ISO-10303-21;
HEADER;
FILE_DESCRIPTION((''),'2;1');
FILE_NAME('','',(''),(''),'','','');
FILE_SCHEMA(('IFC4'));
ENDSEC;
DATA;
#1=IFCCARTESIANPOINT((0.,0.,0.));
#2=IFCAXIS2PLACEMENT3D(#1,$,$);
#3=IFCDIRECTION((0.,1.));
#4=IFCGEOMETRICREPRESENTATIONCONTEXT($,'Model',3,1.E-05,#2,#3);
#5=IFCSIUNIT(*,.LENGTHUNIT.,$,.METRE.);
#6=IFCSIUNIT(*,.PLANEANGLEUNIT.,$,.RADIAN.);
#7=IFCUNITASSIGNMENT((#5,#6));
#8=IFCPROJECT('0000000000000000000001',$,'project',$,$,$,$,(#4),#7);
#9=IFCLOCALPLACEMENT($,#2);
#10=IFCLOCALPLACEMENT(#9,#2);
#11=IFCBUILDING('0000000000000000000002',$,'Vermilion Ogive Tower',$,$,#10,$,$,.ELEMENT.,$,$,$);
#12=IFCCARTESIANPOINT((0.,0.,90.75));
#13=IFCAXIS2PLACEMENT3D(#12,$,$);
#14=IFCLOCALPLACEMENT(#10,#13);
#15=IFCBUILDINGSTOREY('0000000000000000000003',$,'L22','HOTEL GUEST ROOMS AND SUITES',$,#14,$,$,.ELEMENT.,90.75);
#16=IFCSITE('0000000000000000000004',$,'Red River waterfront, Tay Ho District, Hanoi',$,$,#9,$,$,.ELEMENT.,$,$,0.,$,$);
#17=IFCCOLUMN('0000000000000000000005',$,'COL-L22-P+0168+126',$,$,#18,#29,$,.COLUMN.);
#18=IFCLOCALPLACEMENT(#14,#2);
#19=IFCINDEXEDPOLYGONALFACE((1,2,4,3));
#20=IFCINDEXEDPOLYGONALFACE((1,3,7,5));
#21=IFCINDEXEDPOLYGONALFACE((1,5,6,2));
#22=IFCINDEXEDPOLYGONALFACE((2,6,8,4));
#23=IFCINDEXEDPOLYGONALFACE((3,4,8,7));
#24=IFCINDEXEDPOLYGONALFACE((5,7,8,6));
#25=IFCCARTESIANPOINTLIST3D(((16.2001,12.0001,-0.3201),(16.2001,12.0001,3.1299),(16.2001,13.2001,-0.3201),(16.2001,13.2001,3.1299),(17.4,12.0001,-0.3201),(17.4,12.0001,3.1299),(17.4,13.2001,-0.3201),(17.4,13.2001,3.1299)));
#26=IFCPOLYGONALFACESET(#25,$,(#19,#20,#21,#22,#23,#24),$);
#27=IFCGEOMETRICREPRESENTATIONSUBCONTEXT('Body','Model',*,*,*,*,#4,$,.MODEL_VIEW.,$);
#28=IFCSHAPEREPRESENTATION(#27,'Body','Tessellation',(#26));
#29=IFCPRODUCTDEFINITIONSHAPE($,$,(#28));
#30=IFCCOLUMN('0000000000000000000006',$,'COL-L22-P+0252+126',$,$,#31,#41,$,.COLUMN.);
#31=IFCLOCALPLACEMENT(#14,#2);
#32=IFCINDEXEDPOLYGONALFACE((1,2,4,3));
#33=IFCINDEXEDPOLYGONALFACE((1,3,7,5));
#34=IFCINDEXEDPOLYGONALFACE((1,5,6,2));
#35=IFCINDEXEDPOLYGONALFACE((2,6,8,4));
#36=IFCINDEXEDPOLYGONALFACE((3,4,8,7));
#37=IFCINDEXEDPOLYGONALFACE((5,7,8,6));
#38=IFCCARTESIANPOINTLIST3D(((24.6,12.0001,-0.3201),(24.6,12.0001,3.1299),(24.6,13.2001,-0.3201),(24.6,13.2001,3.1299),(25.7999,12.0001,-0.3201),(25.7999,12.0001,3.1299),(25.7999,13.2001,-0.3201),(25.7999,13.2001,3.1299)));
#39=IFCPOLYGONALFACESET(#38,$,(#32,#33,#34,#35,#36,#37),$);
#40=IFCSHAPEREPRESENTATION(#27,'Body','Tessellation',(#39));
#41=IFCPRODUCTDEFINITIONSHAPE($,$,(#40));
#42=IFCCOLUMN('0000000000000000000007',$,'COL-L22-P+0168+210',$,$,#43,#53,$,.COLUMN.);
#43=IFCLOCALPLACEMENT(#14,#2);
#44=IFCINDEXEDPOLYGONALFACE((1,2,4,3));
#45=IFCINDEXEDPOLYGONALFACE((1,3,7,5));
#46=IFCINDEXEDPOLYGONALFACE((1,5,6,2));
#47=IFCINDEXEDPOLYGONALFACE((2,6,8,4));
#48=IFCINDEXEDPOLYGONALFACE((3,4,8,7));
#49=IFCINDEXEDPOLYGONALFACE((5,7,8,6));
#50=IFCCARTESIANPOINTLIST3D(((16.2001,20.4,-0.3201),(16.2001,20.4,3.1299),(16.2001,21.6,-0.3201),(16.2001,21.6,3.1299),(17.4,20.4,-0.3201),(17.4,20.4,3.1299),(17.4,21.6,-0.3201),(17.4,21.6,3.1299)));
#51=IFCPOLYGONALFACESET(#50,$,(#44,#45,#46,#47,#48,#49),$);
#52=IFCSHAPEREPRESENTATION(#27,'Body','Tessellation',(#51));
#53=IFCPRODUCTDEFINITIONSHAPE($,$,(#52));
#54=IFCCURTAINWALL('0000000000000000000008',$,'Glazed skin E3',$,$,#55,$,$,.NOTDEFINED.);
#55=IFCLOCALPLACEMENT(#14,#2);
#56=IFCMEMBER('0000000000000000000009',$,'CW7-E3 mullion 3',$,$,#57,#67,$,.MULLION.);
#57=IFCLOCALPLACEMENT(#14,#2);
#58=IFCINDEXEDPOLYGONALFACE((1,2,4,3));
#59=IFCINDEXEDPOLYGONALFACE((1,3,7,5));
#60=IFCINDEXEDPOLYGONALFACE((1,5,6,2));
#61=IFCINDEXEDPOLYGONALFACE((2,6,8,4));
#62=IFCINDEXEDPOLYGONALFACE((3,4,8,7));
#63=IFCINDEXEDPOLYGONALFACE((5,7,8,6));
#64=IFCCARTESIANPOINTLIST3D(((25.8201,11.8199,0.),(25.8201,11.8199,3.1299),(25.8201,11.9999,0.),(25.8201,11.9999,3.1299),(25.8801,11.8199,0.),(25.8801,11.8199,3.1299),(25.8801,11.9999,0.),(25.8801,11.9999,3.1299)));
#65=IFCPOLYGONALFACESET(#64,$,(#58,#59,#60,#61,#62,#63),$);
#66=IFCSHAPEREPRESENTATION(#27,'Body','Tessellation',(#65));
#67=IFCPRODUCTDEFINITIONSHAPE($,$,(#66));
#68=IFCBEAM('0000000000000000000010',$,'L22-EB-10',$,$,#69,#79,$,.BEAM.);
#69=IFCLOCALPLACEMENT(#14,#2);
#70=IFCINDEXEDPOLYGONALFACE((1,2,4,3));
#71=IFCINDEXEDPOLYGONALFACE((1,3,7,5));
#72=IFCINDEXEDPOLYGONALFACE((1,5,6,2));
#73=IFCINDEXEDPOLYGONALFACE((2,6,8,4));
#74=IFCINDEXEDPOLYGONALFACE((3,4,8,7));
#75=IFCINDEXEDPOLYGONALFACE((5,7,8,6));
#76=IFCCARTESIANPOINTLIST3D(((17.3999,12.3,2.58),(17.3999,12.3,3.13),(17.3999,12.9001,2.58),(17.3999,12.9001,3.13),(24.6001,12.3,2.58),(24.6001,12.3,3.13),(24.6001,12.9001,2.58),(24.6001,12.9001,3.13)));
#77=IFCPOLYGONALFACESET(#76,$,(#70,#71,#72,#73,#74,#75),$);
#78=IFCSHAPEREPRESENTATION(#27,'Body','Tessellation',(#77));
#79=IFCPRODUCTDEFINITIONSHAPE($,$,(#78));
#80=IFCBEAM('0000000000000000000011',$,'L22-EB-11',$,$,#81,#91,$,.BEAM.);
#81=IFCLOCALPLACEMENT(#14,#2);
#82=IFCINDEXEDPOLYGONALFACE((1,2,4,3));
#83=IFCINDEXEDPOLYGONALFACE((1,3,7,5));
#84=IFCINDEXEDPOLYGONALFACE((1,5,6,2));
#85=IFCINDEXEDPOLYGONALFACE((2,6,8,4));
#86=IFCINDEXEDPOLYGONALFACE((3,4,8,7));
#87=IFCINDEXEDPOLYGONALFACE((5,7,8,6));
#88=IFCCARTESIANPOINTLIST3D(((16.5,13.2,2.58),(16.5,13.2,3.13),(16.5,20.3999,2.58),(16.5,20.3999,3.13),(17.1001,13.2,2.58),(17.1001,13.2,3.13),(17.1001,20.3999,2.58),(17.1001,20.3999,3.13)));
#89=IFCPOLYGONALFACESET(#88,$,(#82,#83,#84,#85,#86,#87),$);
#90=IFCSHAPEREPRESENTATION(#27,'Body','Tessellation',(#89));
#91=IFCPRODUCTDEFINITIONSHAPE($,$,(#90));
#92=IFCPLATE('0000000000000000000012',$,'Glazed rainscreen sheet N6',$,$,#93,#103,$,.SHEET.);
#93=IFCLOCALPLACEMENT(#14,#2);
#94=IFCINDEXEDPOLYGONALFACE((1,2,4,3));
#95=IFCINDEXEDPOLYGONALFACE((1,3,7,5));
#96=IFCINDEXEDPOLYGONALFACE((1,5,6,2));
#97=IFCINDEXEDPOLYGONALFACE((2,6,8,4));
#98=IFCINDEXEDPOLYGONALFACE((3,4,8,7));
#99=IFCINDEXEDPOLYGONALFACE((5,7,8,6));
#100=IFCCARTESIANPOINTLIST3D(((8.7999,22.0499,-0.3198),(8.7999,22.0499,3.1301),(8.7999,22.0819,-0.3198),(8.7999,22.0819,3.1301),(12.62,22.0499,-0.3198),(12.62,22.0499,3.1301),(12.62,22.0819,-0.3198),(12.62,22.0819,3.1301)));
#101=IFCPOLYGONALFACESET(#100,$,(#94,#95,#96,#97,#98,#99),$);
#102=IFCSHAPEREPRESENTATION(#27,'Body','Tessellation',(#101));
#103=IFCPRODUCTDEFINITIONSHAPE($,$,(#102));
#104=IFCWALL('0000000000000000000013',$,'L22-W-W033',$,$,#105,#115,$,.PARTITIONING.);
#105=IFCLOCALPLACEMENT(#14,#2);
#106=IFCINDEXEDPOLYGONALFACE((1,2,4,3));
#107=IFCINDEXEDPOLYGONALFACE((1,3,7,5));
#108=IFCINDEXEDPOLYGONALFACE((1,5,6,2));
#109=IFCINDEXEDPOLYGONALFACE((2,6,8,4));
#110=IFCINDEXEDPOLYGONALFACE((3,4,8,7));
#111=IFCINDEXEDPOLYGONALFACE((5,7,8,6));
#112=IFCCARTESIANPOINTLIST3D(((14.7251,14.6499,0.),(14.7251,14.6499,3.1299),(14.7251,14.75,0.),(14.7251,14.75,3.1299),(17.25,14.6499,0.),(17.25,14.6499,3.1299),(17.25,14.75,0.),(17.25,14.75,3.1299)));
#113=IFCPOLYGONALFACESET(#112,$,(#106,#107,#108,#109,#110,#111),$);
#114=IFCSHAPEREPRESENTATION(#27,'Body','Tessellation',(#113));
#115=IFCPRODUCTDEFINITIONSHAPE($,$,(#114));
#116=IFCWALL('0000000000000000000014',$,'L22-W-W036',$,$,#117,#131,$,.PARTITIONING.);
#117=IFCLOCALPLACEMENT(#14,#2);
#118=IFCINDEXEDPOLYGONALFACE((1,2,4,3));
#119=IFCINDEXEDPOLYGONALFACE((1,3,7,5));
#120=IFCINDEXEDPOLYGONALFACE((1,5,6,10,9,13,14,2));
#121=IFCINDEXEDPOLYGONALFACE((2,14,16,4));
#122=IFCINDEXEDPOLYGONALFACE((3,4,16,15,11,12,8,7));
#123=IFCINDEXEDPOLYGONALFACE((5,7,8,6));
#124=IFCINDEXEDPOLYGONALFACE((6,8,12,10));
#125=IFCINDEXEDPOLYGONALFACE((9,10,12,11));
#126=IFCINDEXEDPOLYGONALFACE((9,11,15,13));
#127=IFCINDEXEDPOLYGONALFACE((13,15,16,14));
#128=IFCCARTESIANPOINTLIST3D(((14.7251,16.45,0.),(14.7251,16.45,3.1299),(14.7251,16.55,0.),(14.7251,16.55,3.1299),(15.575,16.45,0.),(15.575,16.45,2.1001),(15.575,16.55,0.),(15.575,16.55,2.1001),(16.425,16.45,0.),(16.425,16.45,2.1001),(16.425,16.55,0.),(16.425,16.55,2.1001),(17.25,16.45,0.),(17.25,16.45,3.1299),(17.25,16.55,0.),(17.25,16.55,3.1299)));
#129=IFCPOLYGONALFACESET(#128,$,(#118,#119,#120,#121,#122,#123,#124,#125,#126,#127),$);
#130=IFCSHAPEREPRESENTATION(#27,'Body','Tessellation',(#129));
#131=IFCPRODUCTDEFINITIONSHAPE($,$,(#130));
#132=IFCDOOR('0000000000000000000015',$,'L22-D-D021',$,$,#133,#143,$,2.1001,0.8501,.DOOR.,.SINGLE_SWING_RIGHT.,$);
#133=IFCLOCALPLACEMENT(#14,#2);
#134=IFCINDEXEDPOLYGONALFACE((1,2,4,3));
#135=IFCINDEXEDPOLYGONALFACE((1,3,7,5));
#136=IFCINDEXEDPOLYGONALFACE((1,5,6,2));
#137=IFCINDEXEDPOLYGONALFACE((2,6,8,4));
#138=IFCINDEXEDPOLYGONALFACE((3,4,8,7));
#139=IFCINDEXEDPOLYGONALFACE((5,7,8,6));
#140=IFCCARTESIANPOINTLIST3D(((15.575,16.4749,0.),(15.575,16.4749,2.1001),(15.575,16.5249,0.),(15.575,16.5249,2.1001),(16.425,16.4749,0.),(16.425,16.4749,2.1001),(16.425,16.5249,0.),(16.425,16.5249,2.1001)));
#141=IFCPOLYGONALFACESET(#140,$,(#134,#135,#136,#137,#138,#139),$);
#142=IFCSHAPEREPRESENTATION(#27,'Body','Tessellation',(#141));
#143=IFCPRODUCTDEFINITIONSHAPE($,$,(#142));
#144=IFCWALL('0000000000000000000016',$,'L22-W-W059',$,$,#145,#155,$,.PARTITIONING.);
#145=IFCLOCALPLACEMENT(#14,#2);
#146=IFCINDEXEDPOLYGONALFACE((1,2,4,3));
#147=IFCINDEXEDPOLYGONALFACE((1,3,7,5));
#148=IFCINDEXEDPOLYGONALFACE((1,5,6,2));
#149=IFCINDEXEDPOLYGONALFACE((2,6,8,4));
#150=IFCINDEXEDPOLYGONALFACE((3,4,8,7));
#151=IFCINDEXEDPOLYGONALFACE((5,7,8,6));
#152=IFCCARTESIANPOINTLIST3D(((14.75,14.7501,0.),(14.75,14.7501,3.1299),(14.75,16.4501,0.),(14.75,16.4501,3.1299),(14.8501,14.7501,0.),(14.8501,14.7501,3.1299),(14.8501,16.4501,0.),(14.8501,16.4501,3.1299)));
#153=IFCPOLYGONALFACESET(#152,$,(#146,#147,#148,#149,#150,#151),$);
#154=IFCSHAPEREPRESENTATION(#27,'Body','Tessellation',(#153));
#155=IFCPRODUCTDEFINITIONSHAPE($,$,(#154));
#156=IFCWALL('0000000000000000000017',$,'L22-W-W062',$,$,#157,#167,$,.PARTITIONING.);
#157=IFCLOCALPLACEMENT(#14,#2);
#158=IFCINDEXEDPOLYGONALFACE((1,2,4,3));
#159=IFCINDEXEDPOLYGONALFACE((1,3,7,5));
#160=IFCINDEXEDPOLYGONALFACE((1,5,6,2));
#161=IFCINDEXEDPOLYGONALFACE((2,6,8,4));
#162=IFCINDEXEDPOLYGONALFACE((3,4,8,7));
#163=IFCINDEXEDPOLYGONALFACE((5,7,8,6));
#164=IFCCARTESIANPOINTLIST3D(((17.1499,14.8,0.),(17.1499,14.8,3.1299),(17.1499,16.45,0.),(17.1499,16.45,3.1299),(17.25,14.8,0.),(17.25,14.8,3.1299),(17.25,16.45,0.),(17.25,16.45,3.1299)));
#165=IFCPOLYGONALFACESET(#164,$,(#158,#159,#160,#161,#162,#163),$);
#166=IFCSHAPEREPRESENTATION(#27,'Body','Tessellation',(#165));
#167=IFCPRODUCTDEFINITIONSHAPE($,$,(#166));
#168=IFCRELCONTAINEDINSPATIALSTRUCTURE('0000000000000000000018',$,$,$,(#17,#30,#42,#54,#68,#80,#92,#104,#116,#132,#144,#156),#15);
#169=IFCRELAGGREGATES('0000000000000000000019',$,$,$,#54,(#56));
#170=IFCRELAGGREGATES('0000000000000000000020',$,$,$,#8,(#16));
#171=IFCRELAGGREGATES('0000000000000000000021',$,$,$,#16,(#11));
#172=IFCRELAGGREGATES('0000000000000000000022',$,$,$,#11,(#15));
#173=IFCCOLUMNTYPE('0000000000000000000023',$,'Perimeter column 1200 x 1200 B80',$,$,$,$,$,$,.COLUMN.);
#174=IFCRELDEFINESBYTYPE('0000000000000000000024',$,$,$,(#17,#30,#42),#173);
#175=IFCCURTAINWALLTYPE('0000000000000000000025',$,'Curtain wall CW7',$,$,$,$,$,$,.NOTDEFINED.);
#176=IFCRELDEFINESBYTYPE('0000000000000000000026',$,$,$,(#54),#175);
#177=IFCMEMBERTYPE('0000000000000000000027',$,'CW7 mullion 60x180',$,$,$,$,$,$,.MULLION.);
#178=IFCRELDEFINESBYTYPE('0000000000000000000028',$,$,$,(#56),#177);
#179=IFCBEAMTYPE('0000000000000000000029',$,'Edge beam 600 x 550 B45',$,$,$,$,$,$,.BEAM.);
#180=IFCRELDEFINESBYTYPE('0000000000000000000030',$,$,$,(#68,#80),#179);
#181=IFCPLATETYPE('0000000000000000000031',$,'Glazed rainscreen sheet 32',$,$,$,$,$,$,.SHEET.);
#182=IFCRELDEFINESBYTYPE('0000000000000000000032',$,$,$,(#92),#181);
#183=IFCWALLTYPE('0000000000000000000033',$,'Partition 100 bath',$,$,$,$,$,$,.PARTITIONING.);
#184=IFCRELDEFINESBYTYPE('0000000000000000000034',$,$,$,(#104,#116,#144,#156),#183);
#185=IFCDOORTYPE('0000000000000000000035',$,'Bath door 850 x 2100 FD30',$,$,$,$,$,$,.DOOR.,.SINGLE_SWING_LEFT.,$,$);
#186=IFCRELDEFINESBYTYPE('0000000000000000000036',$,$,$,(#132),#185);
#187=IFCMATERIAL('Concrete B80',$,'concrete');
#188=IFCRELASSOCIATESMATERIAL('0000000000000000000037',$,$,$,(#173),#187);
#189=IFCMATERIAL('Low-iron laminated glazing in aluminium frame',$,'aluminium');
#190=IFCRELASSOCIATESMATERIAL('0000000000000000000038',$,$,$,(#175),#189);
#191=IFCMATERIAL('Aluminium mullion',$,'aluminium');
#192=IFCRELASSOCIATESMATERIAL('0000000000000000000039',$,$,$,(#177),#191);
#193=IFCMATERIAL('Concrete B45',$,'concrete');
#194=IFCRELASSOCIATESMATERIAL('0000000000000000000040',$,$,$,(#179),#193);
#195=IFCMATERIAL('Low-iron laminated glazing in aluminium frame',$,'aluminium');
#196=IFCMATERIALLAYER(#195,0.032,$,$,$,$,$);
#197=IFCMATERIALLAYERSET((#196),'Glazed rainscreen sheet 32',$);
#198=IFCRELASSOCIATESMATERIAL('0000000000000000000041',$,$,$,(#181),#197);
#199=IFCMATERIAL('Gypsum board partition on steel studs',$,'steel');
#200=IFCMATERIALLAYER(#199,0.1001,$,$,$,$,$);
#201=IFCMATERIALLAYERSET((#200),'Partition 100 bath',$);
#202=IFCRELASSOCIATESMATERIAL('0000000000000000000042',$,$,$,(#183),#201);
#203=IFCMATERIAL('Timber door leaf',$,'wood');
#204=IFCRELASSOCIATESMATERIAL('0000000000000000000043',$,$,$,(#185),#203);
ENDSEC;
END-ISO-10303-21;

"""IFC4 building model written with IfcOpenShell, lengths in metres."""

from ifc_helpers import new_model, si_unit, direction, frame, frame_2d, origin, origin_2d, place, context, subcontext, project, spatial, rectangle, extrude, material, layer, layer_set, material_profile, profile_set, type_object, element, fill, aggregate, save


model = new_model("IFC4")

# Units and contexts
model_context = context("Model", 3, precision=1e-05, world=origin(), true_north=direction((0.0, 1.0)))
body_context = subcontext(model_context, "Body", "Model", "MODEL_VIEW")
ifc_project = project(units=[si_unit("LENGTHUNIT", "METRE"), si_unit("PLANEANGLEUNIT", "RADIAN")], contexts=[model_context])

# Site, building, storey
site_placement = place(None, origin())
site = spatial("IfcSite", under=ifc_project, at=site_placement, Name="Red River waterfront, Tay Ho District, Hanoi", CompositionType="ELEMENT", RefElevation=0.0)
building_placement = place(site_placement, origin())
building = spatial("IfcBuilding", under=site, at=building_placement, Name="Vermilion Ogive Tower", CompositionType="ELEMENT")
storey_placement = place(building_placement, frame((0.0, 0.0, 90.75)))
storey = spatial("IfcBuildingStorey", under=building, at=storey_placement, Name="L22", Description="HOTEL GUEST ROOMS AND SUITES", CompositionType="ELEMENT", Elevation=90.75)

# Columns
ifc_material_1 = material(Name="Concrete B80", Category="concrete")
ifc_material_profile_1 = material_profile(ifc_material_1, rectangle(XDim=1.2, YDim=1.2, at=origin_2d()), Name="1200 x 1200")
ifc_profile_set_1 = profile_set([ifc_material_profile_1], Name="Concrete B80")
column_type = type_object("IfcColumnType", Name="Perimeter column 1200 x 1200 B80", PredefinedType="COLUMN", material=ifc_profile_set_1)
for number, where, z_axis, x_axis, name in (
    (1, (16.8, 12.6001, -0.3201), (0.0, 0.0, 1.0), (1.0, 0.0, 0.0), "COL-L22-P+0168+126"),
    (2, (25.2, 12.6001, -0.3201), (0.0, 0.0, 1.0), (1.0, 0.0, 0.0), "COL-L22-P+0252+126"),
    (3, (16.8, 21.0, -0.3201), (0.0, 0.0, 1.0), (1.0, 0.0, 0.0), "COL-L22-P+0168+210"),
):
    element("IfcColumn", number, at=place(storey_placement, frame(where, z_axis=z_axis, x_axis=x_axis)), inside=storey, type_object=column_type, Name=name, PredefinedType="COLUMN", context=body_context, shape_type="SweptSolid", body=[
        extrude(rectangle(XDim=1.2, YDim=1.2, at=origin_2d()), origin(), (0.0, 0.0, 1.0), 3.45),
    ])

# Curtain wall, member
ifc_material_2 = material(Name="Low-iron laminated glazing in aluminium frame", Category="aluminium")
curtain_wall_type = type_object("IfcCurtainWallType", Name="Curtain wall CW7", PredefinedType="NOTDEFINED", material=ifc_material_2)
curtain_wall_placement = place(storey_placement, origin())
curtain_wall = element("IfcCurtainWall", 4, at=curtain_wall_placement, inside=storey, type_object=curtain_wall_type, Name="Glazed skin E3", PredefinedType="NOTDEFINED")
ifc_material_3 = material(Name="Aluminium mullion", Category="aluminium")
ifc_material_profile_2 = material_profile(ifc_material_3, rectangle(XDim=0.0601, YDim=0.1799, at=origin_2d()), Name="AL 60x180")
ifc_profile_set_2 = profile_set([ifc_material_profile_2], Name="Aluminium mullion")
member_type = type_object("IfcMemberType", Name="CW7 mullion 60x180", PredefinedType="MULLION", material=ifc_profile_set_2)
member_placement = place(storey_placement, frame((25.8501, 11.9099, 0.0), z_axis=(0.0, 0.0, 1.0), x_axis=(-1.0, 0.0, 0.0)))
member = element("IfcMember", 5, at=member_placement, type_object=member_type, Name="CW7-E3 mullion 3", PredefinedType="MULLION", context=body_context, shape_type="SweptSolid", body=[
    extrude(rectangle(XDim=0.0601, YDim=0.1799, at=origin_2d()), origin(), (0.0, 0.0, 1.0), 3.1299),
])
aggregate(curtain_wall, [member])

# Beams
ifc_material_4 = material(Name="Concrete B45", Category="concrete")
ifc_material_profile_3 = material_profile(ifc_material_4, rectangle(XDim=0.6001, YDim=0.55, at=origin_2d()), Name="600 x 550")
ifc_profile_set_3 = profile_set([ifc_material_profile_3], Name="Concrete B45")
beam_type = type_object("IfcBeamType", Name="Edge beam 600 x 550 B45", PredefinedType="BEAM", material=ifc_profile_set_3)
beam_1_placement = place(storey_placement, frame((24.6001, 12.6001, 2.855), z_axis=(-1.0, 0.0, 0.0), x_axis=(0.0, -1.0, 0.0)))
element("IfcBeam", 6, at=beam_1_placement, inside=storey, type_object=beam_type, Name="L22-EB-10", PredefinedType="BEAM", context=body_context, shape_type="SweptSolid", body=[
    extrude(rectangle(XDim=0.6001, YDim=0.55, at=origin_2d()), origin(), (0.0, 0.0, 1.0), 7.2002),
])
beam_2_placement = place(storey_placement, frame((16.8, 13.2, 2.855), z_axis=(0.0, 1.0, 0.0), x_axis=(-1.0, 0.0, 0.0)))
element("IfcBeam", 7, at=beam_2_placement, inside=storey, type_object=beam_type, Name="L22-EB-11", PredefinedType="BEAM", context=body_context, shape_type="SweptSolid", body=[
    extrude(rectangle(XDim=0.6001, YDim=0.55, at=origin_2d()), origin(), (0.0, 0.0, 1.0), 7.2),
])

# Plate
ifc_material_5 = material(Name="Low-iron laminated glazing in aluminium frame", Category="aluminium")
ifc_layer_1 = layer(ifc_material_5, 0.032)
ifc_layer_set_1 = layer_set([ifc_layer_1], Name="Glazed rainscreen sheet 32")
plate_type = type_object("IfcPlateType", Name="Glazed rainscreen sheet 32", PredefinedType="SHEET", material=ifc_layer_set_1)
plate_placement = place(storey_placement, frame((10.71, 22.0659, -0.3198), z_axis=(0.0, 0.0, 1.0), x_axis=(1.0, 0.0, 0.0)))
element("IfcPlate", 8, at=plate_placement, inside=storey, type_object=plate_type, Name="Glazed rainscreen sheet N6", PredefinedType="SHEET", context=body_context, shape_type="SweptSolid", body=[
    extrude(rectangle(XDim=3.8201, YDim=0.032, at=origin_2d()), origin(), (0.0, 0.0, 1.0), 3.45),
])

# Wall
ifc_material_6 = material(Name="Gypsum board partition on steel studs", Category="steel")
ifc_layer_2 = layer(ifc_material_6, 0.1001)
ifc_layer_set_2 = layer_set([ifc_layer_2], Name="Partition 100 bath")
wall_type_1 = type_object("IfcWallType", Name="Partition 100 bath", PredefinedType="PARTITIONING", material=ifc_layer_set_2)
wall_1_placement = place(storey_placement, frame((14.7251, 14.7, 0.0), z_axis=(0.0, 0.0, 1.0), x_axis=(1.0, 0.0, 0.0)))
element("IfcWall", 9, at=wall_1_placement, inside=storey, type_object=wall_type_1, Name="L22-W-W033", PredefinedType="PARTITIONING", context=body_context, shape_type="SweptSolid", body=[
    extrude(rectangle(XDim=2.5249, YDim=0.1001, at=frame_2d((1.2625, 0.0))), origin(), (0.0, 0.0, 1.0), 3.1299),
])

# Wall, opening, door
wall_2_placement = place(storey_placement, frame((14.7251, 16.5, 0.0), z_axis=(0.0, 0.0, 1.0), x_axis=(1.0, 0.0, 0.0)))
wall_2 = element("IfcWall", 10, at=wall_2_placement, inside=storey, type_object=wall_type_1, Name="L22-W-W036", PredefinedType="PARTITIONING", context=body_context, shape_type="SweptSolid", body=[
    extrude(rectangle(XDim=2.5249, YDim=0.1001, at=frame_2d((1.2625, 0.0))), origin(), (0.0, 0.0, 1.0), 3.1299),
])
opening_1_placement = place(wall_2_placement, frame((0.8499, 0.0, 0.0)))
opening_1 = element("IfcOpeningElement", 11, at=opening_1_placement, cuts=wall_2, PredefinedType="OPENING", context=body_context, shape_type="SweptSolid", body=[
    extrude(rectangle(XDim=0.8501, YDim=2.1001, at=frame_2d((0.425, 1.05))), frame((0.0, 0.0601, 0.0), z_axis=(0.0, -1.0, 0.0), x_axis=(1.0, 0.0, 0.0)), (0.0, 0.0, 1.0), 0.1201),
])
ifc_material_7 = material(Name="Timber door leaf", Category="wood")
door_type_1 = type_object("IfcDoorType", Name="Bath door 850 x 2100 FD30", OperationType="SINGLE_SWING_LEFT", PredefinedType="DOOR", material=ifc_material_7)
door_1_placement = place(opening_1_placement, origin())
door_1 = element("IfcDoor", 12, at=door_1_placement, inside=storey, type_object=door_type_1, Name="L22-D-D021", OperationType="SINGLE_SWING_RIGHT", OverallHeight=2.1001, OverallWidth=0.8501, PredefinedType="DOOR", context=body_context, shape_type="SweptSolid", body=[
    extrude(rectangle(XDim=0.8501, YDim=2.1001, at=frame_2d((0.425, 1.05))), frame((0.0, 0.0249, 0.0), z_axis=(0.0, -1.0, 0.0), x_axis=(1.0, 0.0, 0.0)), (0.0, 0.0, 1.0), 0.05),
])
fill(opening_1, door_1)

# Walls
wall_3_placement = place(storey_placement, frame((14.8, 14.75, 0.0), z_axis=(0.0, 0.0, 1.0), x_axis=(0.0, 1.0, 0.0)))
element("IfcWall", 13, at=wall_3_placement, inside=storey, type_object=wall_type_1, Name="L22-W-W059", PredefinedType="PARTITIONING", context=body_context, shape_type="SweptSolid", body=[
    extrude(rectangle(XDim=1.7, YDim=0.1001, at=frame_2d((0.8501, 0.0))), origin(), (0.0, 0.0, 1.0), 3.1299),
])
wall_4_placement = place(storey_placement, frame((17.2, 14.8, 0.0), z_axis=(0.0, 0.0, 1.0), x_axis=(0.0, 1.0, 0.0)))
element("IfcWall", 14, at=wall_4_placement, inside=storey, type_object=wall_type_1, Name="L22-W-W062", PredefinedType="PARTITIONING", context=body_context, shape_type="SweptSolid", body=[
    extrude(rectangle(XDim=1.6499, YDim=0.1001, at=frame_2d((0.825, 0.0))), origin(), (0.0, 0.0, 1.0), 3.1299),
])

save(model, "model.ifc")
